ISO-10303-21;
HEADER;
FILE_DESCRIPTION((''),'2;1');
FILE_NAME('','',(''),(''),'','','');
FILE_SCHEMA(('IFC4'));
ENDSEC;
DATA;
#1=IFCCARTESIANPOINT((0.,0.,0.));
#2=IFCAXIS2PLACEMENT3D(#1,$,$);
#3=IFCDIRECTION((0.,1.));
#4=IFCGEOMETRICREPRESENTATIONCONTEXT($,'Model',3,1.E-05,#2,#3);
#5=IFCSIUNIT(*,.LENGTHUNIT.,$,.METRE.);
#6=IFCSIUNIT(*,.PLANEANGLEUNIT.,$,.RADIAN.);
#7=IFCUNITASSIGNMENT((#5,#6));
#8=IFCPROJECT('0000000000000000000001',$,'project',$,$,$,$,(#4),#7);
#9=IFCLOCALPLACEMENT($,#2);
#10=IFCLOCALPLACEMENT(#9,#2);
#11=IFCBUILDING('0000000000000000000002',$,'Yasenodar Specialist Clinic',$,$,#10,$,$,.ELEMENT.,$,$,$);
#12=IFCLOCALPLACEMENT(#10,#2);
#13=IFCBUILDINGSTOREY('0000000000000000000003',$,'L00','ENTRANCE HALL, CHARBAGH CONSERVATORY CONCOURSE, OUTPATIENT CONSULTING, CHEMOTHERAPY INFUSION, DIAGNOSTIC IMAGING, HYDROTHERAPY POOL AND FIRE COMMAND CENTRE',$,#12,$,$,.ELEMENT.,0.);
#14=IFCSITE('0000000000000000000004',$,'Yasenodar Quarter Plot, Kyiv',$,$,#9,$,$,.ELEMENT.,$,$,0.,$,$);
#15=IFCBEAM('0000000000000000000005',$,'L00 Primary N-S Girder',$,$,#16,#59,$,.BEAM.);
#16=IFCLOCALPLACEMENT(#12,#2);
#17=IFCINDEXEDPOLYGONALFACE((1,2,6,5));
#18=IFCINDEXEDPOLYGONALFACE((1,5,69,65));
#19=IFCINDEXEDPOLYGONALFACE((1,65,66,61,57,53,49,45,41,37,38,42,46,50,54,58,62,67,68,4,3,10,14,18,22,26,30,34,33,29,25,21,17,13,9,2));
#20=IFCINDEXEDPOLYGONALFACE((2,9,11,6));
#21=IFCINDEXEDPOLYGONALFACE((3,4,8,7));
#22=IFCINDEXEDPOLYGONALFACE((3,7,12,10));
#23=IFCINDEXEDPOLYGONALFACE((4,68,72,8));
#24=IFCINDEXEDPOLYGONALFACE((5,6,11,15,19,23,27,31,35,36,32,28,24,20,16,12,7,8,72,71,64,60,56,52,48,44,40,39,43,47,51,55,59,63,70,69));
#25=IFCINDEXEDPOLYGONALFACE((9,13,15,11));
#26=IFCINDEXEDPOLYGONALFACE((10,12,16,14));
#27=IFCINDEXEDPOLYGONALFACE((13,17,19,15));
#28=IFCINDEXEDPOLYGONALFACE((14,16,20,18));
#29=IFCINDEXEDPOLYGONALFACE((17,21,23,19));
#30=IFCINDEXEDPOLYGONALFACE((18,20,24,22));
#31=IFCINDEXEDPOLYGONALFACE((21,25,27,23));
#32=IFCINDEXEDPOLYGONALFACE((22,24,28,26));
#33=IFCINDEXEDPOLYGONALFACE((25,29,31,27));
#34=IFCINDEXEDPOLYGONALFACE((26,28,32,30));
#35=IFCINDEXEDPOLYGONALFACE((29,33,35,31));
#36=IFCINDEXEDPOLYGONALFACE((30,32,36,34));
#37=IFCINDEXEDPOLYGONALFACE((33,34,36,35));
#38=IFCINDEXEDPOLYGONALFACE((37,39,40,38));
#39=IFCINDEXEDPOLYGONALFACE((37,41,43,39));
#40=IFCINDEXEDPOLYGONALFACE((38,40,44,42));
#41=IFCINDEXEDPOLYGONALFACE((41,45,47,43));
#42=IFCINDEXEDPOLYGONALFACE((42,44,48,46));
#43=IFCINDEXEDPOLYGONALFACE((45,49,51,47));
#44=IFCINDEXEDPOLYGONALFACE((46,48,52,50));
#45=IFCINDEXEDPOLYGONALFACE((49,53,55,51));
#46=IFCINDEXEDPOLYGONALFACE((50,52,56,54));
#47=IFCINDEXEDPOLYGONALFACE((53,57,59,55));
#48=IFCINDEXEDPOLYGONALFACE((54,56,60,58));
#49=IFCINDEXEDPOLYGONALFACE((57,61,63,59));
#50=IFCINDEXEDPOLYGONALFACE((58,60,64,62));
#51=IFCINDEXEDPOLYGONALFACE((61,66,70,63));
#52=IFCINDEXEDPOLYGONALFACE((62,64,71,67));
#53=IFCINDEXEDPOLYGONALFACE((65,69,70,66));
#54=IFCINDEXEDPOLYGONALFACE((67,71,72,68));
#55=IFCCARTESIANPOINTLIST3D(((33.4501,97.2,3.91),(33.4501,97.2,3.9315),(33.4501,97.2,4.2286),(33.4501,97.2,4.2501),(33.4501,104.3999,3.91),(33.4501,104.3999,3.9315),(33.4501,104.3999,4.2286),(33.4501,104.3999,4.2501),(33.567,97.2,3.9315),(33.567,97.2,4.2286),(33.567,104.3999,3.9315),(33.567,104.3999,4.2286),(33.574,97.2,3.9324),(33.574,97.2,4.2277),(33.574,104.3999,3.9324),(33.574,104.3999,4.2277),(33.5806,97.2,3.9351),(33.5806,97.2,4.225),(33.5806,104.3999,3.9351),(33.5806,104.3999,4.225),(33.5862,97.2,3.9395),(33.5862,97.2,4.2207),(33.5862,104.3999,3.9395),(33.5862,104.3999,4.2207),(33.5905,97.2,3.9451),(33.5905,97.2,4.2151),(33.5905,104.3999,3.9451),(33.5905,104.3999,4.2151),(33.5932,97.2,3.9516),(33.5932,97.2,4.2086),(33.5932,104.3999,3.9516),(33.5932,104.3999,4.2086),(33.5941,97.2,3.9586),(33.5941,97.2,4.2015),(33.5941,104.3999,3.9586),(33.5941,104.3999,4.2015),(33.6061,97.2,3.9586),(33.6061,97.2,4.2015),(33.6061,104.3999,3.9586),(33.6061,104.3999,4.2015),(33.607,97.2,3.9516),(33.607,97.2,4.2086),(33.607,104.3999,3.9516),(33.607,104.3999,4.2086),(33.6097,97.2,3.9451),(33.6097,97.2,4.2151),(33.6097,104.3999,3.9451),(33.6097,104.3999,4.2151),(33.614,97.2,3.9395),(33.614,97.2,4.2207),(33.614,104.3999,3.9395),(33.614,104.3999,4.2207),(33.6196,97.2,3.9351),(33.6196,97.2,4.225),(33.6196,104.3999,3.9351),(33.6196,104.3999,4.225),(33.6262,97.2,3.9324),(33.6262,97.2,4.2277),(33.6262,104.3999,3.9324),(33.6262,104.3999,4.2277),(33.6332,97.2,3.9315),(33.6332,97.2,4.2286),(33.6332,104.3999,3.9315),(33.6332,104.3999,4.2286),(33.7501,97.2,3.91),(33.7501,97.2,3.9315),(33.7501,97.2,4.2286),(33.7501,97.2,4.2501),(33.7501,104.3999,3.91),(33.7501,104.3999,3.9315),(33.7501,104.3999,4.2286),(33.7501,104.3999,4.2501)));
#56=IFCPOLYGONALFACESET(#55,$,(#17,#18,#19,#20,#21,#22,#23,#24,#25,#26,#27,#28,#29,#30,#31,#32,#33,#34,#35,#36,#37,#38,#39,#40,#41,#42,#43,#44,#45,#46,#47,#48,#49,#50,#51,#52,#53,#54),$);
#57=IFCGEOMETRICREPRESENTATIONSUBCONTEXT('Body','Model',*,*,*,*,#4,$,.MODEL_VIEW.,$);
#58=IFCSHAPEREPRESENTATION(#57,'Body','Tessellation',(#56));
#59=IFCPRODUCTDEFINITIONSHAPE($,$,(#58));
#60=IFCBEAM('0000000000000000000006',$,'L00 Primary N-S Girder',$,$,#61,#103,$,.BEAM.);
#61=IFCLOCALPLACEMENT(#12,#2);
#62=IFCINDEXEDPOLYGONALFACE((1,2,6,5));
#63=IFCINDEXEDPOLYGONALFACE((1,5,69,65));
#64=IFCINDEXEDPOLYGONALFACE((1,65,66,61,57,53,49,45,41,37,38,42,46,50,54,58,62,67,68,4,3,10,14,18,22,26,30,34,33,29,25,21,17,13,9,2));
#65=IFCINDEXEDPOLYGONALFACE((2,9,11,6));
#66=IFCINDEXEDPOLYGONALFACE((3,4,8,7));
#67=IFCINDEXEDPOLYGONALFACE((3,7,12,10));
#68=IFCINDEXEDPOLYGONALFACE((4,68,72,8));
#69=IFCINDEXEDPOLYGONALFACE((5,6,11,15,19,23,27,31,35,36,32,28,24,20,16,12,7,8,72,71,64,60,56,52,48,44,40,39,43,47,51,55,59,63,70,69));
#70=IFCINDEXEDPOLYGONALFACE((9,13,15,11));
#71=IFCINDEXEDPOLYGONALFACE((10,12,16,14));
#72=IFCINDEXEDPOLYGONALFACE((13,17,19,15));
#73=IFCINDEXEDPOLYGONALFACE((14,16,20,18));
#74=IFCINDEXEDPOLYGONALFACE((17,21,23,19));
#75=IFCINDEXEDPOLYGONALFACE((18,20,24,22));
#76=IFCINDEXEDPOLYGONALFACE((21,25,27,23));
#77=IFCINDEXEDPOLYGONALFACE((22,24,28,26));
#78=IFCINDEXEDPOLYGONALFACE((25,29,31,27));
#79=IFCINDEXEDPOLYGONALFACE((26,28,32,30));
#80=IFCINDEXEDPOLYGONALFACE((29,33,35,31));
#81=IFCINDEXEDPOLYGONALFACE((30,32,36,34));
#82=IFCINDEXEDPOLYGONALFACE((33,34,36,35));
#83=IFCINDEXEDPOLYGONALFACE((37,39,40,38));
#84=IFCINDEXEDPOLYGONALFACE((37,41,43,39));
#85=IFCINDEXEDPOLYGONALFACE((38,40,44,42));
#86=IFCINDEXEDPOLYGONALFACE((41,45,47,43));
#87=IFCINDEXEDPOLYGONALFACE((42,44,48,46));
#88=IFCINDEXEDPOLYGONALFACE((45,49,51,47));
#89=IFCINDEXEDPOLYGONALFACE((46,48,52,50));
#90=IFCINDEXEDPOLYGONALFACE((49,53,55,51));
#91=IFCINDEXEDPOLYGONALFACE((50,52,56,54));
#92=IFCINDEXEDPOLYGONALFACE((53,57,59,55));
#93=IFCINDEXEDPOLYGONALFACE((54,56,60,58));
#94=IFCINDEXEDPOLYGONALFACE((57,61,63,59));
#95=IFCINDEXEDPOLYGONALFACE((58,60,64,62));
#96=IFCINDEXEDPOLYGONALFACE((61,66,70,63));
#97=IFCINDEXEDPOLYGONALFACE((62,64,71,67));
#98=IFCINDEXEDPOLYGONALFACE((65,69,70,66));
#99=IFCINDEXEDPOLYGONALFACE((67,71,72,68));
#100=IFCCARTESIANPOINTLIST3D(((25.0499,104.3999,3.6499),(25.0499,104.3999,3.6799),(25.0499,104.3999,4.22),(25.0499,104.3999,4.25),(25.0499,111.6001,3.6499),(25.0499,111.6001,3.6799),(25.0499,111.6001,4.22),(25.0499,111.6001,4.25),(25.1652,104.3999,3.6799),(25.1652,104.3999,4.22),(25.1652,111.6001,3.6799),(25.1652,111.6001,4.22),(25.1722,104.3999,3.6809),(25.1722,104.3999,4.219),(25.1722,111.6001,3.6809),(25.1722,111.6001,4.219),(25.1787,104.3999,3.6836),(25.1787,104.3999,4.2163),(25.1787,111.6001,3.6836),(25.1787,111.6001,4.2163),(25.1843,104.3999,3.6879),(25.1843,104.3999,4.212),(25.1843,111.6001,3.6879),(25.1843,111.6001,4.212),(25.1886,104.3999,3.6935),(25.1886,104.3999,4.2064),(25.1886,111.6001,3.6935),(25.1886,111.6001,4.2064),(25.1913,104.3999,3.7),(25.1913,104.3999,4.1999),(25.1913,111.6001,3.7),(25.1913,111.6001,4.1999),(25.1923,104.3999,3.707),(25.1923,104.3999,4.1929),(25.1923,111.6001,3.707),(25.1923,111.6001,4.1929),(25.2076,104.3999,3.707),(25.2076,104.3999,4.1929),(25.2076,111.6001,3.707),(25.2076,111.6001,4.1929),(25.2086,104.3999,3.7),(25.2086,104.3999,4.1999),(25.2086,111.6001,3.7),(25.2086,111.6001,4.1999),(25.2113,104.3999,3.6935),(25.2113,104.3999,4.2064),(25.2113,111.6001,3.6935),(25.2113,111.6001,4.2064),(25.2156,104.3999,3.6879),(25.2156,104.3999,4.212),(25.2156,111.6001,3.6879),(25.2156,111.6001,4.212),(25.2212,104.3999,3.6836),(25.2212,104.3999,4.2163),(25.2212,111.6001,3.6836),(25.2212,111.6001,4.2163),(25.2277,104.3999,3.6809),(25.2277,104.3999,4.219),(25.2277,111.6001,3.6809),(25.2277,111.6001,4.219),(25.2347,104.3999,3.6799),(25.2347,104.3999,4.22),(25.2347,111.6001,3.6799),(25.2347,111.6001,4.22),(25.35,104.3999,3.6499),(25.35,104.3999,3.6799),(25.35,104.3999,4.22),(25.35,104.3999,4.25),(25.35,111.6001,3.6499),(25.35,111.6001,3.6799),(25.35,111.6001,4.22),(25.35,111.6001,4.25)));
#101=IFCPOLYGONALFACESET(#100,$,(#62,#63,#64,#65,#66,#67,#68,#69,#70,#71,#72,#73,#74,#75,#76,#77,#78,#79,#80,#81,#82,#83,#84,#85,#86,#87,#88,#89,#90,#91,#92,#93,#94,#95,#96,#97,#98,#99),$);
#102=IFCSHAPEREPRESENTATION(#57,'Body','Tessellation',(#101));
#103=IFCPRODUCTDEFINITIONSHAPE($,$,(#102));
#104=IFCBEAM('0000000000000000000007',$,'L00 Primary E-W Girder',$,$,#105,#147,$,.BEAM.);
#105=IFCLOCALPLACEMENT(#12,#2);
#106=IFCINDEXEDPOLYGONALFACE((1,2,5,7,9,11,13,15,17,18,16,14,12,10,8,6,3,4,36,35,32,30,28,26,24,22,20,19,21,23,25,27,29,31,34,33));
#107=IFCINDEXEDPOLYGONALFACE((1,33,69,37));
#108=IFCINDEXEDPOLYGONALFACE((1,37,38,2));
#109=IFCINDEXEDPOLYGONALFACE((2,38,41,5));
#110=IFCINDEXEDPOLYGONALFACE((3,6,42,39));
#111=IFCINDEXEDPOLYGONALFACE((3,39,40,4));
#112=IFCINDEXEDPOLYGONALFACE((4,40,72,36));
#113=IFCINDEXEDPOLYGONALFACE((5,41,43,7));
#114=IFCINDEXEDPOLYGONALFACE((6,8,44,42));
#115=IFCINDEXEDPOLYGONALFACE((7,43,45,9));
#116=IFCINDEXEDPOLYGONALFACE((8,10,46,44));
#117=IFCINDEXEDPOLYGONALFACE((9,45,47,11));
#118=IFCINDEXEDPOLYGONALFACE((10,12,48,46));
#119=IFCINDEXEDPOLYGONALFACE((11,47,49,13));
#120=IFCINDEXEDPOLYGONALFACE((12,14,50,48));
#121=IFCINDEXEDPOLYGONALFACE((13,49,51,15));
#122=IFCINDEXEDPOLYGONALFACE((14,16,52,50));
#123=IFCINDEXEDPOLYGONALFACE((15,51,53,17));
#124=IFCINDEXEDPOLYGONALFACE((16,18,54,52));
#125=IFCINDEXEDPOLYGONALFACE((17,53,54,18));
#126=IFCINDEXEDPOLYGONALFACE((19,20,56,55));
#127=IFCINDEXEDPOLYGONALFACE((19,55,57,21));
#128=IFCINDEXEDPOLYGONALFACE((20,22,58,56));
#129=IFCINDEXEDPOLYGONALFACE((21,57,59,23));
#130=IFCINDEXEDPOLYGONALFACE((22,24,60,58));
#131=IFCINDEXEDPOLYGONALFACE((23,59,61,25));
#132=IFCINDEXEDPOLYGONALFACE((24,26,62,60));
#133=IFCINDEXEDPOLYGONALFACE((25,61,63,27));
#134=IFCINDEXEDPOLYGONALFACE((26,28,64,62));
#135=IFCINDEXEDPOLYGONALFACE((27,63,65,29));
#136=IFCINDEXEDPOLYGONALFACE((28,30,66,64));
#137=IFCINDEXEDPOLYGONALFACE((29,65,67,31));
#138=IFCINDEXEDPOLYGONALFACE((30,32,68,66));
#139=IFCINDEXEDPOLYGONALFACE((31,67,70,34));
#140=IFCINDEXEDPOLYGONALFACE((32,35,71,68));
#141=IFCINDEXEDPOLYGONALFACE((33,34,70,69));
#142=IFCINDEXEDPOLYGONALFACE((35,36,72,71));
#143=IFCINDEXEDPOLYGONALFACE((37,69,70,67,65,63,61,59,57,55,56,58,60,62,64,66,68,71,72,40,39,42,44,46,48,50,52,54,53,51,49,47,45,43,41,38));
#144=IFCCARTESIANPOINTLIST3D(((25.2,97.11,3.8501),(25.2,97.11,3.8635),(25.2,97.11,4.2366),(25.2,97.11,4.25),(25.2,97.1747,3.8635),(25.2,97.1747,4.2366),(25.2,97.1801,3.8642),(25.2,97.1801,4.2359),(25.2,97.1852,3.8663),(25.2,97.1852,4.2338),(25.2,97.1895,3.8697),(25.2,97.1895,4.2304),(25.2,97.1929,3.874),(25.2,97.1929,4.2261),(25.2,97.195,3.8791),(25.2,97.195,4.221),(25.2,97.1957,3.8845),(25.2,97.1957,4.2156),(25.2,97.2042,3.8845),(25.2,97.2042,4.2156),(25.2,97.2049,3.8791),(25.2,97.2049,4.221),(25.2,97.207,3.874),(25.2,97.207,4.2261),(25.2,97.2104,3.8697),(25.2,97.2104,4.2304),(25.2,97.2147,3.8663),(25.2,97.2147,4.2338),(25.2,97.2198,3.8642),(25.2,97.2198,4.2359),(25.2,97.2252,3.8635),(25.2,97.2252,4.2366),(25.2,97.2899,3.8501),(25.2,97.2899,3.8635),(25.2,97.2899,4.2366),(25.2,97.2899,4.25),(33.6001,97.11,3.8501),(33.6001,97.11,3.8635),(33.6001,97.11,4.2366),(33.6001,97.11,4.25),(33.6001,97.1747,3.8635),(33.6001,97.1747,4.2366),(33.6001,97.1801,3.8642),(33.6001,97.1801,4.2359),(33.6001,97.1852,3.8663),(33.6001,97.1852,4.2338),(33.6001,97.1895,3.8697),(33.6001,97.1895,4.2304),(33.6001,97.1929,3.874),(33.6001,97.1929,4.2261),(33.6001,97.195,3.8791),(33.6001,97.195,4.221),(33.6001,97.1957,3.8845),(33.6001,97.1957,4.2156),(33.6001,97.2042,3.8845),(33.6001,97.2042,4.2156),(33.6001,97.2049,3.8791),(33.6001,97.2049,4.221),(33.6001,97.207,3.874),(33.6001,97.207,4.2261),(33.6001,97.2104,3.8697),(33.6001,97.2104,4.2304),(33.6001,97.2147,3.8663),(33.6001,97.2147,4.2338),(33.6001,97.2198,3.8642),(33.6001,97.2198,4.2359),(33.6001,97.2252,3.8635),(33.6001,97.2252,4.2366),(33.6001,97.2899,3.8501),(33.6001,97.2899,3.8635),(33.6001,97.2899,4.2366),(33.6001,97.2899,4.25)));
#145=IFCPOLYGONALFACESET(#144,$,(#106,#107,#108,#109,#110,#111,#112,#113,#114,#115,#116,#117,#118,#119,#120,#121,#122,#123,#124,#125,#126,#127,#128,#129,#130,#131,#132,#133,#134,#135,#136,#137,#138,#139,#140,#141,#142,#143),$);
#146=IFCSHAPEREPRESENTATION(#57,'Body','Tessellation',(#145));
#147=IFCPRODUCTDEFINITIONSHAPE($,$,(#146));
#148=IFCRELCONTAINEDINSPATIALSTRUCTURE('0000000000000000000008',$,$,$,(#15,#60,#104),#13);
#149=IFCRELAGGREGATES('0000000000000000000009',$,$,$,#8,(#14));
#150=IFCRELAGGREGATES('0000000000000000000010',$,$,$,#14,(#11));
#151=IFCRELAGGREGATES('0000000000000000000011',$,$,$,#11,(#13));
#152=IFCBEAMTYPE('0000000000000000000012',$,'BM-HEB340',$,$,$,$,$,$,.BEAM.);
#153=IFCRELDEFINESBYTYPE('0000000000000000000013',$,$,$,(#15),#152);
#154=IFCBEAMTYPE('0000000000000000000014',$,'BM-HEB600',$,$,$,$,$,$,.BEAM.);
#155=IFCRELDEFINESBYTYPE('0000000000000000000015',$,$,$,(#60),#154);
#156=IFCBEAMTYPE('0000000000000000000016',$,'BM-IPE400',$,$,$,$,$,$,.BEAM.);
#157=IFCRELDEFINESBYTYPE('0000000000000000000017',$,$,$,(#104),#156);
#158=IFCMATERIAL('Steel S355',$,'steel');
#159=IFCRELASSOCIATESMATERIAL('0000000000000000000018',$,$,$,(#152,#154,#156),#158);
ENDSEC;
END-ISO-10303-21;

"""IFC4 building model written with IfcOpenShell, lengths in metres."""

from ifc_helpers import new_model, si_unit, direction, frame, origin, origin_2d, place, context, subcontext, project, spatial, i_section, extrude, material, material_profile, profile_set, type_object, element, save


model = new_model("IFC4")

# Units and contexts
model_context = context("Model", 3, precision=1e-05, world=origin(), true_north=direction((0.0, 1.0)))
body_context = subcontext(model_context, "Body", "Model", "MODEL_VIEW")
ifc_project = project(units=[si_unit("LENGTHUNIT", "METRE"), si_unit("PLANEANGLEUNIT", "RADIAN")], contexts=[model_context])

# Site, building, storey
site_placement = place(None, origin())
site = spatial("IfcSite", under=ifc_project, at=site_placement, Name="Yasenodar Quarter Plot, Kyiv", CompositionType="ELEMENT", RefElevation=0.0)
building_placement = place(site_placement, origin())
building = spatial("IfcBuilding", under=site, at=building_placement, Name="Yasenodar Specialist Clinic", CompositionType="ELEMENT")
storey_placement = place(building_placement, origin())
storey = spatial("IfcBuildingStorey", under=building, at=storey_placement, Name="L00", Description="ENTRANCE HALL, CHARBAGH CONSERVATORY CONCOURSE, OUTPATIENT CONSULTING, CHEMOTHERAPY INFUSION, DIAGNOSTIC IMAGING, HYDROTHERAPY POOL AND FIRE COMMAND CENTRE", CompositionType="ELEMENT", Elevation=0.0)

# Shared definitions
ifc_material_1 = material(Name="Steel S355", Category="steel")

# Beams
ifc_material_profile_1 = material_profile(ifc_material_1, i_section(OverallWidth=0.3, OverallDepth=0.3401, WebThickness=0.012, FlangeThickness=0.0215, FilletRadius=0.0271, at=origin_2d()), Name="HEB 340")
ifc_profile_set_1 = profile_set([ifc_material_profile_1], Name="Steel S355")
beam_type_1 = type_object("IfcBeamType", Name="BM-HEB340", PredefinedType="BEAM", material=ifc_profile_set_1)
beam_1_placement = place(storey_placement, frame((33.6001, 97.2, 4.0801), z_axis=(0.0, 1.0, 0.0), x_axis=(-1.0, 0.0, 0.0)))
element("IfcBeam", 1, at=beam_1_placement, inside=storey, type_object=beam_type_1, Name="L00 Primary N-S Girder", PredefinedType="BEAM", context=body_context, shape_type="SweptSolid", body=[
    extrude(i_section(OverallWidth=0.3, OverallDepth=0.3401, WebThickness=0.012, FlangeThickness=0.0215, FilletRadius=0.0271, at=origin_2d()), origin(), (0.0, 0.0, 1.0), 7.2),
])
ifc_material_profile_2 = material_profile(ifc_material_1, i_section(OverallWidth=0.3, OverallDepth=0.6001, WebThickness=0.0154, FlangeThickness=0.03, FilletRadius=0.0271, at=origin_2d()), Name="HEB 600")
ifc_profile_set_2 = profile_set([ifc_material_profile_2], Name="Steel S355")
beam_type_2 = type_object("IfcBeamType", Name="BM-HEB600", PredefinedType="BEAM", material=ifc_profile_set_2)
beam_2_placement = place(storey_placement, frame((25.2, 104.3999, 3.95), z_axis=(0.0, 1.0, 0.0), x_axis=(-1.0, 0.0, 0.0)))
element("IfcBeam", 2, at=beam_2_placement, inside=storey, type_object=beam_type_2, Name="L00 Primary N-S Girder", PredefinedType="BEAM", context=body_context, shape_type="SweptSolid", body=[
    extrude(i_section(OverallWidth=0.3, OverallDepth=0.6001, WebThickness=0.0154, FlangeThickness=0.03, FilletRadius=0.0271, at=origin_2d()), origin(), (0.0, 0.0, 1.0), 7.2002),
])
ifc_material_profile_3 = material_profile(ifc_material_1, i_section(OverallWidth=0.1799, OverallDepth=0.3999, WebThickness=0.0085, FlangeThickness=0.0134, FilletRadius=0.021, at=origin_2d()), Name="IPE 400")
ifc_profile_set_3 = profile_set([ifc_material_profile_3], Name="Steel S355")
beam_type_3 = type_object("IfcBeamType", Name="BM-IPE400", PredefinedType="BEAM", material=ifc_profile_set_3)
beam_3_placement = place(storey_placement, frame((25.2, 97.2, 4.05), z_axis=(1.0, 0.0, 0.0), x_axis=(0.0, 1.0, 0.0)))
element("IfcBeam", 3, at=beam_3_placement, inside=storey, type_object=beam_type_3, Name="L00 Primary E-W Girder", PredefinedType="BEAM", context=body_context, shape_type="SweptSolid", body=[
    extrude(i_section(OverallWidth=0.1799, OverallDepth=0.3999, WebThickness=0.0085, FlangeThickness=0.0134, FilletRadius=0.021, at=origin_2d()), origin(), (0.0, 0.0, 1.0), 8.4001),
])

save(model, "model.ifc")
